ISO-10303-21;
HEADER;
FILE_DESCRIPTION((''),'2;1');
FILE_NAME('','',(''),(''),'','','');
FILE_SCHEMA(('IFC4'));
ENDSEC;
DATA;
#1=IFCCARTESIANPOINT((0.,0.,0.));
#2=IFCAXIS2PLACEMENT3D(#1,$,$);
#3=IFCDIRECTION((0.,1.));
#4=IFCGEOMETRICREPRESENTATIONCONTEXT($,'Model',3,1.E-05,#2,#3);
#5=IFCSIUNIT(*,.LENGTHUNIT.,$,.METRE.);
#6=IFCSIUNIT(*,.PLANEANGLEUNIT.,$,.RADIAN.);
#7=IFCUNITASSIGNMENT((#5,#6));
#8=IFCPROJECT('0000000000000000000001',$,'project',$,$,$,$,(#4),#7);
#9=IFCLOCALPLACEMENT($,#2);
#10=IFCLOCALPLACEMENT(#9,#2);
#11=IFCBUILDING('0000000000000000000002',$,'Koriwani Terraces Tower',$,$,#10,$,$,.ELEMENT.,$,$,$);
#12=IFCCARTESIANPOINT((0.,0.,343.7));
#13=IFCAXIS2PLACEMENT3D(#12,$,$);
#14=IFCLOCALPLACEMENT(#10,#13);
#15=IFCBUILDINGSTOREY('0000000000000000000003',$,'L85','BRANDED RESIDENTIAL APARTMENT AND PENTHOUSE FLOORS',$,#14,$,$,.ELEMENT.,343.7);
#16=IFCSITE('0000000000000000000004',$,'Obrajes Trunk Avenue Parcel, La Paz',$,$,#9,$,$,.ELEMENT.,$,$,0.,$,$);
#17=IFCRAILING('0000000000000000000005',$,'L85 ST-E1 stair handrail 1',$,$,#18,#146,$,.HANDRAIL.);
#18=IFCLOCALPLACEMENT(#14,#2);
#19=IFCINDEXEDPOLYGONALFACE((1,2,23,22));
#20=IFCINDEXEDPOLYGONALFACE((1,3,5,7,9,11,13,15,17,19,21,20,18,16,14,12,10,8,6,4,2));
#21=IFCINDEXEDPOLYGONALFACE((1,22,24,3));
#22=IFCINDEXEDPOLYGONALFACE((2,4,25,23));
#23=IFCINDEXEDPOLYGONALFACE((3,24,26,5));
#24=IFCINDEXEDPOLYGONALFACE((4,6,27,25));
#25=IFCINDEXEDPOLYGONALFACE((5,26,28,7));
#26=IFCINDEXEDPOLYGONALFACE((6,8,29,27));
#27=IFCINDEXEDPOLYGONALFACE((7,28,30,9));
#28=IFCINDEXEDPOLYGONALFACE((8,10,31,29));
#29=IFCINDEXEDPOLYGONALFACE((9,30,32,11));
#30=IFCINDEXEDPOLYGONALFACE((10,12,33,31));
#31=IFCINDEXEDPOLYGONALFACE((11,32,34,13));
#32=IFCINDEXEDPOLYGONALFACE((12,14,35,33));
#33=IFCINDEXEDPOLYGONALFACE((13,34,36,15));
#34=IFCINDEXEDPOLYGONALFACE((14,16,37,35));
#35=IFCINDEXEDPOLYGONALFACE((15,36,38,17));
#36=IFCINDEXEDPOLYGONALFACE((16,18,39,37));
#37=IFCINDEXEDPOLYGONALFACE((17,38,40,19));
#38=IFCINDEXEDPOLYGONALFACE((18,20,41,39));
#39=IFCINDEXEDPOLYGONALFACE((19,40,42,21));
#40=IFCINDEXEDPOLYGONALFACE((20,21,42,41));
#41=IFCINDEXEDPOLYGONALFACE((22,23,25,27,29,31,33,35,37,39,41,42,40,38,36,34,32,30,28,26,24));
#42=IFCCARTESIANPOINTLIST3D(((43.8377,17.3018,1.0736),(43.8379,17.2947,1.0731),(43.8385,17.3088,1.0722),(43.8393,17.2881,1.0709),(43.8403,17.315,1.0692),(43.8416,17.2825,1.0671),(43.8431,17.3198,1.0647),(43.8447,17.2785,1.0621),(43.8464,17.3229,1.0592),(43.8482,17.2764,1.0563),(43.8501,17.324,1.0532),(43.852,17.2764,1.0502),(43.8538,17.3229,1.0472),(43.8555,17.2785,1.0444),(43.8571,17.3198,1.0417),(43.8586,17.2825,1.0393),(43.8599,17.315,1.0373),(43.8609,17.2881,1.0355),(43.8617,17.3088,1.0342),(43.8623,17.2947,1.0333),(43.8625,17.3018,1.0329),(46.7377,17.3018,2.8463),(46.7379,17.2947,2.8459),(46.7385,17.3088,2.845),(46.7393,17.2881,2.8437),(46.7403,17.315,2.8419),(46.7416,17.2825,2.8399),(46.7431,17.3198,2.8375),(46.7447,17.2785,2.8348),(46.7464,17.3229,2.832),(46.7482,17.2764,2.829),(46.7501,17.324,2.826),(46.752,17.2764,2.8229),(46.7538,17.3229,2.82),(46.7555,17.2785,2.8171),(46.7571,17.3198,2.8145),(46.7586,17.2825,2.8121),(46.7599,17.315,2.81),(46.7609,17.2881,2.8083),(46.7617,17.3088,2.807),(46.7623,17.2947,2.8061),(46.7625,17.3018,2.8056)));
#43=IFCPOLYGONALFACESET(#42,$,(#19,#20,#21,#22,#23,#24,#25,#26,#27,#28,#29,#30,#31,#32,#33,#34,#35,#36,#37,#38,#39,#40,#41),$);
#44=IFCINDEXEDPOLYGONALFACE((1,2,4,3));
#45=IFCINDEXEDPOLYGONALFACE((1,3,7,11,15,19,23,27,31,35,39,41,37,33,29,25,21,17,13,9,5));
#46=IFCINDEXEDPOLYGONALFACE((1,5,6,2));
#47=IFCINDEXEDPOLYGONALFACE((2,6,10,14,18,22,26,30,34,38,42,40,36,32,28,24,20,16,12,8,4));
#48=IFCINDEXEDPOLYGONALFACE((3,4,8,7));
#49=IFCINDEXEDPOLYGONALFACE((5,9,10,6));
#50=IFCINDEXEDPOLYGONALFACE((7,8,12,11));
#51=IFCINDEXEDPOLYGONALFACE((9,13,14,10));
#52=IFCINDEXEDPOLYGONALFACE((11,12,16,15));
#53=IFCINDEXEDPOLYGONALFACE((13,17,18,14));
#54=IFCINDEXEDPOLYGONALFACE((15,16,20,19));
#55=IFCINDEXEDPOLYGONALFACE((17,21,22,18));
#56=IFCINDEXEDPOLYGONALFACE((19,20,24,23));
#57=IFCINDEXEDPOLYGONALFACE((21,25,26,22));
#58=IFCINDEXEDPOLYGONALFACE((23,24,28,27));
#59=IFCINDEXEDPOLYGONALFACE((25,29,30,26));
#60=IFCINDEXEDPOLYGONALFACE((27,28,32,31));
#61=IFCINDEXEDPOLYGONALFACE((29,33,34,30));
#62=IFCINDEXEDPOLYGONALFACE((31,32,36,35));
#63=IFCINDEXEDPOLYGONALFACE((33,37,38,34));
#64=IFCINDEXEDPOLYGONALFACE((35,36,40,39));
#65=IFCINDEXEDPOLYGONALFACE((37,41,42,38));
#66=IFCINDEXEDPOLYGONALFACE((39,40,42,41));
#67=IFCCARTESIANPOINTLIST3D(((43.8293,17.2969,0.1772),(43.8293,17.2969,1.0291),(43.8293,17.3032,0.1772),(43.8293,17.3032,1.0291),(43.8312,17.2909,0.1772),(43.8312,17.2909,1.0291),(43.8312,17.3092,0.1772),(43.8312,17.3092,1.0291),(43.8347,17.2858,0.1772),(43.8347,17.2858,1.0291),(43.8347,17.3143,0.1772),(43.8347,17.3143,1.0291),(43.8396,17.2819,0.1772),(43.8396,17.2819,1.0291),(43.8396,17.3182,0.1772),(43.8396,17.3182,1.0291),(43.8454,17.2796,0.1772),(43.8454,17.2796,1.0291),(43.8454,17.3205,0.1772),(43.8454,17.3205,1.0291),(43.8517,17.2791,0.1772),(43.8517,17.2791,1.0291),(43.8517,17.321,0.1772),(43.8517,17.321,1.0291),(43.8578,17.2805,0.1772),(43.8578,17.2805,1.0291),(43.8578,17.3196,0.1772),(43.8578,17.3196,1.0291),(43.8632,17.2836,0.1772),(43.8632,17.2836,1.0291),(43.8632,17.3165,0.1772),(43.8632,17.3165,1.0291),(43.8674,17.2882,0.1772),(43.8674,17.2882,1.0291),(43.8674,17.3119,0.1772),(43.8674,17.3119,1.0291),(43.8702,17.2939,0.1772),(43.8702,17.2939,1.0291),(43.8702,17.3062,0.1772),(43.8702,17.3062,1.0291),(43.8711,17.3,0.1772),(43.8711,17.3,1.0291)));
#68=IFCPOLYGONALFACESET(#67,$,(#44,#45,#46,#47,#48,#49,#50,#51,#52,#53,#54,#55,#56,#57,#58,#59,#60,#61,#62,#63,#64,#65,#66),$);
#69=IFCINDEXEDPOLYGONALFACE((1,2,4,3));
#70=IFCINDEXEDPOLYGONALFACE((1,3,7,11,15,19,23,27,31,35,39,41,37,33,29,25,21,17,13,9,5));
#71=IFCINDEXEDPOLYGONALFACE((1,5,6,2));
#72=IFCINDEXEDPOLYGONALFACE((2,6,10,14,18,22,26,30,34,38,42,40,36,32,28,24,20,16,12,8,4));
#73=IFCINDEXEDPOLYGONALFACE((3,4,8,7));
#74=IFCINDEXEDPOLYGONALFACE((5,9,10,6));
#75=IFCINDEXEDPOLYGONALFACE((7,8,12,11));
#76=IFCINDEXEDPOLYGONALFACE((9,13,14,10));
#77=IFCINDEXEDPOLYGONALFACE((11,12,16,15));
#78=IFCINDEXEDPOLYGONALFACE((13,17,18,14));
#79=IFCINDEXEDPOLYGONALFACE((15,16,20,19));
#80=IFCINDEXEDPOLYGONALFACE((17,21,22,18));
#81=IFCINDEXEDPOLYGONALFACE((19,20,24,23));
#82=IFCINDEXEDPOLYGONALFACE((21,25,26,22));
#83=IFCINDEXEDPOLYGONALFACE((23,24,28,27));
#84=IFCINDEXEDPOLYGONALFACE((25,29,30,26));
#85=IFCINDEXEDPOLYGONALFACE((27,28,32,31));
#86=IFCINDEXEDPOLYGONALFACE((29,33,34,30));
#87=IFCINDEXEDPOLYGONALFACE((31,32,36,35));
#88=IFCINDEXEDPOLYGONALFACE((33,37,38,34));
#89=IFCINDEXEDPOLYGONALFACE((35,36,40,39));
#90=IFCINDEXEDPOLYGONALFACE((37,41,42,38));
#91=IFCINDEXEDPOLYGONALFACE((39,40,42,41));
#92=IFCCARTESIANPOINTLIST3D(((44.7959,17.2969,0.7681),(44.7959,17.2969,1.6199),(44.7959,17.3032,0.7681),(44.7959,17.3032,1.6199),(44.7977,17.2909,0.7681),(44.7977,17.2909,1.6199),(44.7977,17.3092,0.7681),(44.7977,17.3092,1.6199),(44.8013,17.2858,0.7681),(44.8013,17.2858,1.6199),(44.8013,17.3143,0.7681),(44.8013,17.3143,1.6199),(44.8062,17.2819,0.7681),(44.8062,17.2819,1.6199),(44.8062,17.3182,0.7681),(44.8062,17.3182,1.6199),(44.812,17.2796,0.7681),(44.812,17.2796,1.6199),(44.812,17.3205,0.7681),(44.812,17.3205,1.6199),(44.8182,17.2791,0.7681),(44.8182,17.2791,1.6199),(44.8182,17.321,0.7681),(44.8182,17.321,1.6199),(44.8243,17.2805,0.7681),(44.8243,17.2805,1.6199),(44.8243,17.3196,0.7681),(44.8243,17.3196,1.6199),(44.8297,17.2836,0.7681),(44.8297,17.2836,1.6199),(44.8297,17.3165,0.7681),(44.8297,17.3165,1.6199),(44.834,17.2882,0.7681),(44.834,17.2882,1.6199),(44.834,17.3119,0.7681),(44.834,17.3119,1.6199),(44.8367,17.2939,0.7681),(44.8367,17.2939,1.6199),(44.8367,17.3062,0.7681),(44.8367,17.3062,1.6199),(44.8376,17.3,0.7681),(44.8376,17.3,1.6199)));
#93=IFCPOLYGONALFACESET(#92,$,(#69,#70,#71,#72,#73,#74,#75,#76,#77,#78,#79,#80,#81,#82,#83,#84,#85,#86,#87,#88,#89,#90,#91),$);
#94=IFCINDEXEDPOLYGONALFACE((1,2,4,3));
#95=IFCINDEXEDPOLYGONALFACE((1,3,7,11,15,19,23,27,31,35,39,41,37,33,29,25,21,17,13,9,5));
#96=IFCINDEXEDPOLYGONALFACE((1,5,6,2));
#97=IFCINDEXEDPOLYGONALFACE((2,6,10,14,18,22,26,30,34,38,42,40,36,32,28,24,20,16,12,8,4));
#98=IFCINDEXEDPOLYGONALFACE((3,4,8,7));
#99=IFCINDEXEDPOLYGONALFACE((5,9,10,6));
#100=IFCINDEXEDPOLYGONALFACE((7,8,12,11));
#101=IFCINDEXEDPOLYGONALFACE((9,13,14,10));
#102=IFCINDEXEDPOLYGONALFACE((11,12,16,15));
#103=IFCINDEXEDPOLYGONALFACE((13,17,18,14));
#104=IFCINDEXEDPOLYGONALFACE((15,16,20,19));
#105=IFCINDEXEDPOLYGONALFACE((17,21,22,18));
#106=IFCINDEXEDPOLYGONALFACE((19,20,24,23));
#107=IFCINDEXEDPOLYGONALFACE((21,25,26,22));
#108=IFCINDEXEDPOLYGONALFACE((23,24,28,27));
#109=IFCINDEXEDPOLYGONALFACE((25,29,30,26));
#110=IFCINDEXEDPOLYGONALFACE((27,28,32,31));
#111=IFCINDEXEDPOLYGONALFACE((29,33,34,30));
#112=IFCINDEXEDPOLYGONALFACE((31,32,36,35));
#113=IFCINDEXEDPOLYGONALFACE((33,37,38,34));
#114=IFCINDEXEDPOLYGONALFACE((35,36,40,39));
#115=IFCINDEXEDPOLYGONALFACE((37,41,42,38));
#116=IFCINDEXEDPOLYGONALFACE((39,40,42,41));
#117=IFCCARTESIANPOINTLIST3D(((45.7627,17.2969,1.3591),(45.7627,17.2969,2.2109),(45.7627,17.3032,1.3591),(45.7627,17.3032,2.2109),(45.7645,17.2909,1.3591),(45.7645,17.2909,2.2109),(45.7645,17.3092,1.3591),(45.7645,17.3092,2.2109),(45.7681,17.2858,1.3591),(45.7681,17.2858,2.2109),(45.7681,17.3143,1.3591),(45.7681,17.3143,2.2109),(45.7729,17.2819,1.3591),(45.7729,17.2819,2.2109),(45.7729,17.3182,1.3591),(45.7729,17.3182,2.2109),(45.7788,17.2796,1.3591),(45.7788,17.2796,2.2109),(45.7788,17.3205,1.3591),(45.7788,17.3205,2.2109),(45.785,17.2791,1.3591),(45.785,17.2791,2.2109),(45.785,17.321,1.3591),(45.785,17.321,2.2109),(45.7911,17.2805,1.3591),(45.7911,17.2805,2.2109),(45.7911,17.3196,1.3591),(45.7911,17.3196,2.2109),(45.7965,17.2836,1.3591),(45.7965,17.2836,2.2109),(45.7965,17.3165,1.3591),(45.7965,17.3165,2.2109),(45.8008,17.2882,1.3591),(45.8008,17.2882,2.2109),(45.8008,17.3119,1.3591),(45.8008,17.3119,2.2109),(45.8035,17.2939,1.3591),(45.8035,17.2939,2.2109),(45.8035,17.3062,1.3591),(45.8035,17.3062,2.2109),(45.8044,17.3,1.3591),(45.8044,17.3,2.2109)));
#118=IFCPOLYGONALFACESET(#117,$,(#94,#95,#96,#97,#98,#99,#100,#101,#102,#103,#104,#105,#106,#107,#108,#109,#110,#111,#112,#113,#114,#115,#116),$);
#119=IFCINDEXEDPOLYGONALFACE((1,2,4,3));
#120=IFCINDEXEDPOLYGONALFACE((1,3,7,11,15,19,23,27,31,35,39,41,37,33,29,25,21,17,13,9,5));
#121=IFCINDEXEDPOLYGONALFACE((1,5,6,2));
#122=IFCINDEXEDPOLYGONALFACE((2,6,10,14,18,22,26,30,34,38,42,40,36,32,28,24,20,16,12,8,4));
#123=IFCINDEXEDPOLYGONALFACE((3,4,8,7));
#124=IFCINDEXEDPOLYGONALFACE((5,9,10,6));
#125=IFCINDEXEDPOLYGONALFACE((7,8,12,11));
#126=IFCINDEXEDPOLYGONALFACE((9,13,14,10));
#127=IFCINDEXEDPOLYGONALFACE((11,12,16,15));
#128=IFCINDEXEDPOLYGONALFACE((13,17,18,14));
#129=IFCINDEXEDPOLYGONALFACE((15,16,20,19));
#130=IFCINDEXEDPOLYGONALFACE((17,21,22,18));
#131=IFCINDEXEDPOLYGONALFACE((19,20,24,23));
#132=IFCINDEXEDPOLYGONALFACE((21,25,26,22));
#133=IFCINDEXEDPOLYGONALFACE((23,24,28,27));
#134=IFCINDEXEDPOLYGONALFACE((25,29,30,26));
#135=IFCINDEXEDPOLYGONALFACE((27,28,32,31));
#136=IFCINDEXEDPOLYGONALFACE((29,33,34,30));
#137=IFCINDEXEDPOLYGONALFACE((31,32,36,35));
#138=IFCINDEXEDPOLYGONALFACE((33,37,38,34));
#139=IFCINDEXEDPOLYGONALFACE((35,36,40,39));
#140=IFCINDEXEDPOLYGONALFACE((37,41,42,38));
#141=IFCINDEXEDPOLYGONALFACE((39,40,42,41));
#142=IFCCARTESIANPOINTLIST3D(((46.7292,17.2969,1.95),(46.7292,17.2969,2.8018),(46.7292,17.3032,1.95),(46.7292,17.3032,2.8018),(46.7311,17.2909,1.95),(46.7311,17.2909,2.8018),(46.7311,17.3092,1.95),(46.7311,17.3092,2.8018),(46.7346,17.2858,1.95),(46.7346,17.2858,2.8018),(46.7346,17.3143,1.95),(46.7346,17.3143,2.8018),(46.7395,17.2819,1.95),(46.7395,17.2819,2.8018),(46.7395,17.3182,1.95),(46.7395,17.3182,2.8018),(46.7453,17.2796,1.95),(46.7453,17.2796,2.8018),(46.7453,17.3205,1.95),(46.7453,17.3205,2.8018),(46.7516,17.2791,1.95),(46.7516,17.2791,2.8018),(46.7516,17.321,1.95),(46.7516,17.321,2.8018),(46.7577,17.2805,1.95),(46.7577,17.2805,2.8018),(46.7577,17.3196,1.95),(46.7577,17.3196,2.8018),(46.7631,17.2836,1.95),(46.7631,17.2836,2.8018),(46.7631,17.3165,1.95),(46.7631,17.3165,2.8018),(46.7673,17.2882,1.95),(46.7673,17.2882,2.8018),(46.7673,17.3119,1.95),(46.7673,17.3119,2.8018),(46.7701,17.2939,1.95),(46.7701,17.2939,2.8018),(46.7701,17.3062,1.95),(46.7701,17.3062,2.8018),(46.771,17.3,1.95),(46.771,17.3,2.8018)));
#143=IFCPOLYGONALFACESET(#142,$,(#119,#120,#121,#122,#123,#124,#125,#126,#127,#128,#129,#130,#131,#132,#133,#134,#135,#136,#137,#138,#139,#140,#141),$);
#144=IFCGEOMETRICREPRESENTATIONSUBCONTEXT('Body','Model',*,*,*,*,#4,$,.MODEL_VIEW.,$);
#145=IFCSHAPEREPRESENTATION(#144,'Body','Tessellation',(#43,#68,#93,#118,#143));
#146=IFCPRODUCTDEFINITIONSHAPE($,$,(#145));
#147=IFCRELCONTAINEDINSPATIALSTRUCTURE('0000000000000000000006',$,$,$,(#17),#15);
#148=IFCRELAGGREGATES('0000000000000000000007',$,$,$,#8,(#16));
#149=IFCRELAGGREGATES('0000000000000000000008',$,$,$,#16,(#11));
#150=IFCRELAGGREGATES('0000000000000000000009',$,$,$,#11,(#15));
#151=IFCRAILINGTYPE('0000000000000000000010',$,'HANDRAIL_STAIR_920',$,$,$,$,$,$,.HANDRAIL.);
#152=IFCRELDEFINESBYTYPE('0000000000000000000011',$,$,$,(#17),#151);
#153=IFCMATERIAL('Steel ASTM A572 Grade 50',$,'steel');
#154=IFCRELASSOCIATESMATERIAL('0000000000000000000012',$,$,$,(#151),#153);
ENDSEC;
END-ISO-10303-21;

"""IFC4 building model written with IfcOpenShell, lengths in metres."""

from ifc_helpers import new_model, si_unit, direction, frame, origin, origin_2d, place, context, subcontext, project, spatial, circle, extrude, material, type_object, element, save


model = new_model("IFC4")

# Units and contexts
model_context = context("Model", 3, precision=1e-05, world=origin(), true_north=direction((0.0, 1.0)))
body_context = subcontext(model_context, "Body", "Model", "MODEL_VIEW")
ifc_project = project(units=[si_unit("LENGTHUNIT", "METRE"), si_unit("PLANEANGLEUNIT", "RADIAN")], contexts=[model_context])

# Site, building, storey
site_placement = place(None, origin())
site = spatial("IfcSite", under=ifc_project, at=site_placement, Name="Obrajes Trunk Avenue Parcel, La Paz", CompositionType="ELEMENT", RefElevation=0.0)
building_placement = place(site_placement, origin())
building = spatial("IfcBuilding", under=site, at=building_placement, Name="Koriwani Terraces Tower", CompositionType="ELEMENT")
storey_placement = place(building_placement, frame((0.0, 0.0, 343.7)))
storey = spatial("IfcBuildingStorey", under=building, at=storey_placement, Name="L85", Description="BRANDED RESIDENTIAL APARTMENT AND PENTHOUSE FLOORS", CompositionType="ELEMENT", Elevation=343.7)

# Railing
ifc_material_1 = material(Name="Steel ASTM A572 Grade 50", Category="steel")
railing_type_1 = type_object("IfcRailingType", Name="HANDRAIL_STAIR_920", PredefinedType="HANDRAIL", material=ifc_material_1)
for number, where, name in (
    (1, (43.8501, 17.3, 0.1772), "L85 ST-E1 stair handrail 1"),
):
    element("IfcRailing", number, at=place(storey_placement, frame(where)), inside=storey, type_object=railing_type_1, Name=name, PredefinedType="HANDRAIL", context=body_context, shape_type="SweptSolid", body=[
        extrude(circle(Radius=0.0239, at=origin_2d()), frame((0.0, 0.0, 0.876), z_axis=(0.853211, 0.0, 0.521566), x_axis=(0.0, 1.0, 0.0)), (0.0, 0.0, 1.0), 3.3989),
        extrude(circle(Radius=0.021, at=origin_2d()), origin(), (0.0, 0.0, 1.0), 0.8518),
        extrude(circle(Radius=0.021, at=origin_2d()), frame((0.9666, 0.0, 0.5908)), (0.0, 0.0, 1.0), 0.8518),
        extrude(circle(Radius=0.021, at=origin_2d()), frame((1.9333, 0.0, 1.1819)), (0.0, 0.0, 1.0), 0.8518),
        extrude(circle(Radius=0.021, at=origin_2d()), frame((2.8999, 0.0, 1.7727)), (0.0, 0.0, 1.0), 0.8518),
    ])

save(model, "model.ifc")
